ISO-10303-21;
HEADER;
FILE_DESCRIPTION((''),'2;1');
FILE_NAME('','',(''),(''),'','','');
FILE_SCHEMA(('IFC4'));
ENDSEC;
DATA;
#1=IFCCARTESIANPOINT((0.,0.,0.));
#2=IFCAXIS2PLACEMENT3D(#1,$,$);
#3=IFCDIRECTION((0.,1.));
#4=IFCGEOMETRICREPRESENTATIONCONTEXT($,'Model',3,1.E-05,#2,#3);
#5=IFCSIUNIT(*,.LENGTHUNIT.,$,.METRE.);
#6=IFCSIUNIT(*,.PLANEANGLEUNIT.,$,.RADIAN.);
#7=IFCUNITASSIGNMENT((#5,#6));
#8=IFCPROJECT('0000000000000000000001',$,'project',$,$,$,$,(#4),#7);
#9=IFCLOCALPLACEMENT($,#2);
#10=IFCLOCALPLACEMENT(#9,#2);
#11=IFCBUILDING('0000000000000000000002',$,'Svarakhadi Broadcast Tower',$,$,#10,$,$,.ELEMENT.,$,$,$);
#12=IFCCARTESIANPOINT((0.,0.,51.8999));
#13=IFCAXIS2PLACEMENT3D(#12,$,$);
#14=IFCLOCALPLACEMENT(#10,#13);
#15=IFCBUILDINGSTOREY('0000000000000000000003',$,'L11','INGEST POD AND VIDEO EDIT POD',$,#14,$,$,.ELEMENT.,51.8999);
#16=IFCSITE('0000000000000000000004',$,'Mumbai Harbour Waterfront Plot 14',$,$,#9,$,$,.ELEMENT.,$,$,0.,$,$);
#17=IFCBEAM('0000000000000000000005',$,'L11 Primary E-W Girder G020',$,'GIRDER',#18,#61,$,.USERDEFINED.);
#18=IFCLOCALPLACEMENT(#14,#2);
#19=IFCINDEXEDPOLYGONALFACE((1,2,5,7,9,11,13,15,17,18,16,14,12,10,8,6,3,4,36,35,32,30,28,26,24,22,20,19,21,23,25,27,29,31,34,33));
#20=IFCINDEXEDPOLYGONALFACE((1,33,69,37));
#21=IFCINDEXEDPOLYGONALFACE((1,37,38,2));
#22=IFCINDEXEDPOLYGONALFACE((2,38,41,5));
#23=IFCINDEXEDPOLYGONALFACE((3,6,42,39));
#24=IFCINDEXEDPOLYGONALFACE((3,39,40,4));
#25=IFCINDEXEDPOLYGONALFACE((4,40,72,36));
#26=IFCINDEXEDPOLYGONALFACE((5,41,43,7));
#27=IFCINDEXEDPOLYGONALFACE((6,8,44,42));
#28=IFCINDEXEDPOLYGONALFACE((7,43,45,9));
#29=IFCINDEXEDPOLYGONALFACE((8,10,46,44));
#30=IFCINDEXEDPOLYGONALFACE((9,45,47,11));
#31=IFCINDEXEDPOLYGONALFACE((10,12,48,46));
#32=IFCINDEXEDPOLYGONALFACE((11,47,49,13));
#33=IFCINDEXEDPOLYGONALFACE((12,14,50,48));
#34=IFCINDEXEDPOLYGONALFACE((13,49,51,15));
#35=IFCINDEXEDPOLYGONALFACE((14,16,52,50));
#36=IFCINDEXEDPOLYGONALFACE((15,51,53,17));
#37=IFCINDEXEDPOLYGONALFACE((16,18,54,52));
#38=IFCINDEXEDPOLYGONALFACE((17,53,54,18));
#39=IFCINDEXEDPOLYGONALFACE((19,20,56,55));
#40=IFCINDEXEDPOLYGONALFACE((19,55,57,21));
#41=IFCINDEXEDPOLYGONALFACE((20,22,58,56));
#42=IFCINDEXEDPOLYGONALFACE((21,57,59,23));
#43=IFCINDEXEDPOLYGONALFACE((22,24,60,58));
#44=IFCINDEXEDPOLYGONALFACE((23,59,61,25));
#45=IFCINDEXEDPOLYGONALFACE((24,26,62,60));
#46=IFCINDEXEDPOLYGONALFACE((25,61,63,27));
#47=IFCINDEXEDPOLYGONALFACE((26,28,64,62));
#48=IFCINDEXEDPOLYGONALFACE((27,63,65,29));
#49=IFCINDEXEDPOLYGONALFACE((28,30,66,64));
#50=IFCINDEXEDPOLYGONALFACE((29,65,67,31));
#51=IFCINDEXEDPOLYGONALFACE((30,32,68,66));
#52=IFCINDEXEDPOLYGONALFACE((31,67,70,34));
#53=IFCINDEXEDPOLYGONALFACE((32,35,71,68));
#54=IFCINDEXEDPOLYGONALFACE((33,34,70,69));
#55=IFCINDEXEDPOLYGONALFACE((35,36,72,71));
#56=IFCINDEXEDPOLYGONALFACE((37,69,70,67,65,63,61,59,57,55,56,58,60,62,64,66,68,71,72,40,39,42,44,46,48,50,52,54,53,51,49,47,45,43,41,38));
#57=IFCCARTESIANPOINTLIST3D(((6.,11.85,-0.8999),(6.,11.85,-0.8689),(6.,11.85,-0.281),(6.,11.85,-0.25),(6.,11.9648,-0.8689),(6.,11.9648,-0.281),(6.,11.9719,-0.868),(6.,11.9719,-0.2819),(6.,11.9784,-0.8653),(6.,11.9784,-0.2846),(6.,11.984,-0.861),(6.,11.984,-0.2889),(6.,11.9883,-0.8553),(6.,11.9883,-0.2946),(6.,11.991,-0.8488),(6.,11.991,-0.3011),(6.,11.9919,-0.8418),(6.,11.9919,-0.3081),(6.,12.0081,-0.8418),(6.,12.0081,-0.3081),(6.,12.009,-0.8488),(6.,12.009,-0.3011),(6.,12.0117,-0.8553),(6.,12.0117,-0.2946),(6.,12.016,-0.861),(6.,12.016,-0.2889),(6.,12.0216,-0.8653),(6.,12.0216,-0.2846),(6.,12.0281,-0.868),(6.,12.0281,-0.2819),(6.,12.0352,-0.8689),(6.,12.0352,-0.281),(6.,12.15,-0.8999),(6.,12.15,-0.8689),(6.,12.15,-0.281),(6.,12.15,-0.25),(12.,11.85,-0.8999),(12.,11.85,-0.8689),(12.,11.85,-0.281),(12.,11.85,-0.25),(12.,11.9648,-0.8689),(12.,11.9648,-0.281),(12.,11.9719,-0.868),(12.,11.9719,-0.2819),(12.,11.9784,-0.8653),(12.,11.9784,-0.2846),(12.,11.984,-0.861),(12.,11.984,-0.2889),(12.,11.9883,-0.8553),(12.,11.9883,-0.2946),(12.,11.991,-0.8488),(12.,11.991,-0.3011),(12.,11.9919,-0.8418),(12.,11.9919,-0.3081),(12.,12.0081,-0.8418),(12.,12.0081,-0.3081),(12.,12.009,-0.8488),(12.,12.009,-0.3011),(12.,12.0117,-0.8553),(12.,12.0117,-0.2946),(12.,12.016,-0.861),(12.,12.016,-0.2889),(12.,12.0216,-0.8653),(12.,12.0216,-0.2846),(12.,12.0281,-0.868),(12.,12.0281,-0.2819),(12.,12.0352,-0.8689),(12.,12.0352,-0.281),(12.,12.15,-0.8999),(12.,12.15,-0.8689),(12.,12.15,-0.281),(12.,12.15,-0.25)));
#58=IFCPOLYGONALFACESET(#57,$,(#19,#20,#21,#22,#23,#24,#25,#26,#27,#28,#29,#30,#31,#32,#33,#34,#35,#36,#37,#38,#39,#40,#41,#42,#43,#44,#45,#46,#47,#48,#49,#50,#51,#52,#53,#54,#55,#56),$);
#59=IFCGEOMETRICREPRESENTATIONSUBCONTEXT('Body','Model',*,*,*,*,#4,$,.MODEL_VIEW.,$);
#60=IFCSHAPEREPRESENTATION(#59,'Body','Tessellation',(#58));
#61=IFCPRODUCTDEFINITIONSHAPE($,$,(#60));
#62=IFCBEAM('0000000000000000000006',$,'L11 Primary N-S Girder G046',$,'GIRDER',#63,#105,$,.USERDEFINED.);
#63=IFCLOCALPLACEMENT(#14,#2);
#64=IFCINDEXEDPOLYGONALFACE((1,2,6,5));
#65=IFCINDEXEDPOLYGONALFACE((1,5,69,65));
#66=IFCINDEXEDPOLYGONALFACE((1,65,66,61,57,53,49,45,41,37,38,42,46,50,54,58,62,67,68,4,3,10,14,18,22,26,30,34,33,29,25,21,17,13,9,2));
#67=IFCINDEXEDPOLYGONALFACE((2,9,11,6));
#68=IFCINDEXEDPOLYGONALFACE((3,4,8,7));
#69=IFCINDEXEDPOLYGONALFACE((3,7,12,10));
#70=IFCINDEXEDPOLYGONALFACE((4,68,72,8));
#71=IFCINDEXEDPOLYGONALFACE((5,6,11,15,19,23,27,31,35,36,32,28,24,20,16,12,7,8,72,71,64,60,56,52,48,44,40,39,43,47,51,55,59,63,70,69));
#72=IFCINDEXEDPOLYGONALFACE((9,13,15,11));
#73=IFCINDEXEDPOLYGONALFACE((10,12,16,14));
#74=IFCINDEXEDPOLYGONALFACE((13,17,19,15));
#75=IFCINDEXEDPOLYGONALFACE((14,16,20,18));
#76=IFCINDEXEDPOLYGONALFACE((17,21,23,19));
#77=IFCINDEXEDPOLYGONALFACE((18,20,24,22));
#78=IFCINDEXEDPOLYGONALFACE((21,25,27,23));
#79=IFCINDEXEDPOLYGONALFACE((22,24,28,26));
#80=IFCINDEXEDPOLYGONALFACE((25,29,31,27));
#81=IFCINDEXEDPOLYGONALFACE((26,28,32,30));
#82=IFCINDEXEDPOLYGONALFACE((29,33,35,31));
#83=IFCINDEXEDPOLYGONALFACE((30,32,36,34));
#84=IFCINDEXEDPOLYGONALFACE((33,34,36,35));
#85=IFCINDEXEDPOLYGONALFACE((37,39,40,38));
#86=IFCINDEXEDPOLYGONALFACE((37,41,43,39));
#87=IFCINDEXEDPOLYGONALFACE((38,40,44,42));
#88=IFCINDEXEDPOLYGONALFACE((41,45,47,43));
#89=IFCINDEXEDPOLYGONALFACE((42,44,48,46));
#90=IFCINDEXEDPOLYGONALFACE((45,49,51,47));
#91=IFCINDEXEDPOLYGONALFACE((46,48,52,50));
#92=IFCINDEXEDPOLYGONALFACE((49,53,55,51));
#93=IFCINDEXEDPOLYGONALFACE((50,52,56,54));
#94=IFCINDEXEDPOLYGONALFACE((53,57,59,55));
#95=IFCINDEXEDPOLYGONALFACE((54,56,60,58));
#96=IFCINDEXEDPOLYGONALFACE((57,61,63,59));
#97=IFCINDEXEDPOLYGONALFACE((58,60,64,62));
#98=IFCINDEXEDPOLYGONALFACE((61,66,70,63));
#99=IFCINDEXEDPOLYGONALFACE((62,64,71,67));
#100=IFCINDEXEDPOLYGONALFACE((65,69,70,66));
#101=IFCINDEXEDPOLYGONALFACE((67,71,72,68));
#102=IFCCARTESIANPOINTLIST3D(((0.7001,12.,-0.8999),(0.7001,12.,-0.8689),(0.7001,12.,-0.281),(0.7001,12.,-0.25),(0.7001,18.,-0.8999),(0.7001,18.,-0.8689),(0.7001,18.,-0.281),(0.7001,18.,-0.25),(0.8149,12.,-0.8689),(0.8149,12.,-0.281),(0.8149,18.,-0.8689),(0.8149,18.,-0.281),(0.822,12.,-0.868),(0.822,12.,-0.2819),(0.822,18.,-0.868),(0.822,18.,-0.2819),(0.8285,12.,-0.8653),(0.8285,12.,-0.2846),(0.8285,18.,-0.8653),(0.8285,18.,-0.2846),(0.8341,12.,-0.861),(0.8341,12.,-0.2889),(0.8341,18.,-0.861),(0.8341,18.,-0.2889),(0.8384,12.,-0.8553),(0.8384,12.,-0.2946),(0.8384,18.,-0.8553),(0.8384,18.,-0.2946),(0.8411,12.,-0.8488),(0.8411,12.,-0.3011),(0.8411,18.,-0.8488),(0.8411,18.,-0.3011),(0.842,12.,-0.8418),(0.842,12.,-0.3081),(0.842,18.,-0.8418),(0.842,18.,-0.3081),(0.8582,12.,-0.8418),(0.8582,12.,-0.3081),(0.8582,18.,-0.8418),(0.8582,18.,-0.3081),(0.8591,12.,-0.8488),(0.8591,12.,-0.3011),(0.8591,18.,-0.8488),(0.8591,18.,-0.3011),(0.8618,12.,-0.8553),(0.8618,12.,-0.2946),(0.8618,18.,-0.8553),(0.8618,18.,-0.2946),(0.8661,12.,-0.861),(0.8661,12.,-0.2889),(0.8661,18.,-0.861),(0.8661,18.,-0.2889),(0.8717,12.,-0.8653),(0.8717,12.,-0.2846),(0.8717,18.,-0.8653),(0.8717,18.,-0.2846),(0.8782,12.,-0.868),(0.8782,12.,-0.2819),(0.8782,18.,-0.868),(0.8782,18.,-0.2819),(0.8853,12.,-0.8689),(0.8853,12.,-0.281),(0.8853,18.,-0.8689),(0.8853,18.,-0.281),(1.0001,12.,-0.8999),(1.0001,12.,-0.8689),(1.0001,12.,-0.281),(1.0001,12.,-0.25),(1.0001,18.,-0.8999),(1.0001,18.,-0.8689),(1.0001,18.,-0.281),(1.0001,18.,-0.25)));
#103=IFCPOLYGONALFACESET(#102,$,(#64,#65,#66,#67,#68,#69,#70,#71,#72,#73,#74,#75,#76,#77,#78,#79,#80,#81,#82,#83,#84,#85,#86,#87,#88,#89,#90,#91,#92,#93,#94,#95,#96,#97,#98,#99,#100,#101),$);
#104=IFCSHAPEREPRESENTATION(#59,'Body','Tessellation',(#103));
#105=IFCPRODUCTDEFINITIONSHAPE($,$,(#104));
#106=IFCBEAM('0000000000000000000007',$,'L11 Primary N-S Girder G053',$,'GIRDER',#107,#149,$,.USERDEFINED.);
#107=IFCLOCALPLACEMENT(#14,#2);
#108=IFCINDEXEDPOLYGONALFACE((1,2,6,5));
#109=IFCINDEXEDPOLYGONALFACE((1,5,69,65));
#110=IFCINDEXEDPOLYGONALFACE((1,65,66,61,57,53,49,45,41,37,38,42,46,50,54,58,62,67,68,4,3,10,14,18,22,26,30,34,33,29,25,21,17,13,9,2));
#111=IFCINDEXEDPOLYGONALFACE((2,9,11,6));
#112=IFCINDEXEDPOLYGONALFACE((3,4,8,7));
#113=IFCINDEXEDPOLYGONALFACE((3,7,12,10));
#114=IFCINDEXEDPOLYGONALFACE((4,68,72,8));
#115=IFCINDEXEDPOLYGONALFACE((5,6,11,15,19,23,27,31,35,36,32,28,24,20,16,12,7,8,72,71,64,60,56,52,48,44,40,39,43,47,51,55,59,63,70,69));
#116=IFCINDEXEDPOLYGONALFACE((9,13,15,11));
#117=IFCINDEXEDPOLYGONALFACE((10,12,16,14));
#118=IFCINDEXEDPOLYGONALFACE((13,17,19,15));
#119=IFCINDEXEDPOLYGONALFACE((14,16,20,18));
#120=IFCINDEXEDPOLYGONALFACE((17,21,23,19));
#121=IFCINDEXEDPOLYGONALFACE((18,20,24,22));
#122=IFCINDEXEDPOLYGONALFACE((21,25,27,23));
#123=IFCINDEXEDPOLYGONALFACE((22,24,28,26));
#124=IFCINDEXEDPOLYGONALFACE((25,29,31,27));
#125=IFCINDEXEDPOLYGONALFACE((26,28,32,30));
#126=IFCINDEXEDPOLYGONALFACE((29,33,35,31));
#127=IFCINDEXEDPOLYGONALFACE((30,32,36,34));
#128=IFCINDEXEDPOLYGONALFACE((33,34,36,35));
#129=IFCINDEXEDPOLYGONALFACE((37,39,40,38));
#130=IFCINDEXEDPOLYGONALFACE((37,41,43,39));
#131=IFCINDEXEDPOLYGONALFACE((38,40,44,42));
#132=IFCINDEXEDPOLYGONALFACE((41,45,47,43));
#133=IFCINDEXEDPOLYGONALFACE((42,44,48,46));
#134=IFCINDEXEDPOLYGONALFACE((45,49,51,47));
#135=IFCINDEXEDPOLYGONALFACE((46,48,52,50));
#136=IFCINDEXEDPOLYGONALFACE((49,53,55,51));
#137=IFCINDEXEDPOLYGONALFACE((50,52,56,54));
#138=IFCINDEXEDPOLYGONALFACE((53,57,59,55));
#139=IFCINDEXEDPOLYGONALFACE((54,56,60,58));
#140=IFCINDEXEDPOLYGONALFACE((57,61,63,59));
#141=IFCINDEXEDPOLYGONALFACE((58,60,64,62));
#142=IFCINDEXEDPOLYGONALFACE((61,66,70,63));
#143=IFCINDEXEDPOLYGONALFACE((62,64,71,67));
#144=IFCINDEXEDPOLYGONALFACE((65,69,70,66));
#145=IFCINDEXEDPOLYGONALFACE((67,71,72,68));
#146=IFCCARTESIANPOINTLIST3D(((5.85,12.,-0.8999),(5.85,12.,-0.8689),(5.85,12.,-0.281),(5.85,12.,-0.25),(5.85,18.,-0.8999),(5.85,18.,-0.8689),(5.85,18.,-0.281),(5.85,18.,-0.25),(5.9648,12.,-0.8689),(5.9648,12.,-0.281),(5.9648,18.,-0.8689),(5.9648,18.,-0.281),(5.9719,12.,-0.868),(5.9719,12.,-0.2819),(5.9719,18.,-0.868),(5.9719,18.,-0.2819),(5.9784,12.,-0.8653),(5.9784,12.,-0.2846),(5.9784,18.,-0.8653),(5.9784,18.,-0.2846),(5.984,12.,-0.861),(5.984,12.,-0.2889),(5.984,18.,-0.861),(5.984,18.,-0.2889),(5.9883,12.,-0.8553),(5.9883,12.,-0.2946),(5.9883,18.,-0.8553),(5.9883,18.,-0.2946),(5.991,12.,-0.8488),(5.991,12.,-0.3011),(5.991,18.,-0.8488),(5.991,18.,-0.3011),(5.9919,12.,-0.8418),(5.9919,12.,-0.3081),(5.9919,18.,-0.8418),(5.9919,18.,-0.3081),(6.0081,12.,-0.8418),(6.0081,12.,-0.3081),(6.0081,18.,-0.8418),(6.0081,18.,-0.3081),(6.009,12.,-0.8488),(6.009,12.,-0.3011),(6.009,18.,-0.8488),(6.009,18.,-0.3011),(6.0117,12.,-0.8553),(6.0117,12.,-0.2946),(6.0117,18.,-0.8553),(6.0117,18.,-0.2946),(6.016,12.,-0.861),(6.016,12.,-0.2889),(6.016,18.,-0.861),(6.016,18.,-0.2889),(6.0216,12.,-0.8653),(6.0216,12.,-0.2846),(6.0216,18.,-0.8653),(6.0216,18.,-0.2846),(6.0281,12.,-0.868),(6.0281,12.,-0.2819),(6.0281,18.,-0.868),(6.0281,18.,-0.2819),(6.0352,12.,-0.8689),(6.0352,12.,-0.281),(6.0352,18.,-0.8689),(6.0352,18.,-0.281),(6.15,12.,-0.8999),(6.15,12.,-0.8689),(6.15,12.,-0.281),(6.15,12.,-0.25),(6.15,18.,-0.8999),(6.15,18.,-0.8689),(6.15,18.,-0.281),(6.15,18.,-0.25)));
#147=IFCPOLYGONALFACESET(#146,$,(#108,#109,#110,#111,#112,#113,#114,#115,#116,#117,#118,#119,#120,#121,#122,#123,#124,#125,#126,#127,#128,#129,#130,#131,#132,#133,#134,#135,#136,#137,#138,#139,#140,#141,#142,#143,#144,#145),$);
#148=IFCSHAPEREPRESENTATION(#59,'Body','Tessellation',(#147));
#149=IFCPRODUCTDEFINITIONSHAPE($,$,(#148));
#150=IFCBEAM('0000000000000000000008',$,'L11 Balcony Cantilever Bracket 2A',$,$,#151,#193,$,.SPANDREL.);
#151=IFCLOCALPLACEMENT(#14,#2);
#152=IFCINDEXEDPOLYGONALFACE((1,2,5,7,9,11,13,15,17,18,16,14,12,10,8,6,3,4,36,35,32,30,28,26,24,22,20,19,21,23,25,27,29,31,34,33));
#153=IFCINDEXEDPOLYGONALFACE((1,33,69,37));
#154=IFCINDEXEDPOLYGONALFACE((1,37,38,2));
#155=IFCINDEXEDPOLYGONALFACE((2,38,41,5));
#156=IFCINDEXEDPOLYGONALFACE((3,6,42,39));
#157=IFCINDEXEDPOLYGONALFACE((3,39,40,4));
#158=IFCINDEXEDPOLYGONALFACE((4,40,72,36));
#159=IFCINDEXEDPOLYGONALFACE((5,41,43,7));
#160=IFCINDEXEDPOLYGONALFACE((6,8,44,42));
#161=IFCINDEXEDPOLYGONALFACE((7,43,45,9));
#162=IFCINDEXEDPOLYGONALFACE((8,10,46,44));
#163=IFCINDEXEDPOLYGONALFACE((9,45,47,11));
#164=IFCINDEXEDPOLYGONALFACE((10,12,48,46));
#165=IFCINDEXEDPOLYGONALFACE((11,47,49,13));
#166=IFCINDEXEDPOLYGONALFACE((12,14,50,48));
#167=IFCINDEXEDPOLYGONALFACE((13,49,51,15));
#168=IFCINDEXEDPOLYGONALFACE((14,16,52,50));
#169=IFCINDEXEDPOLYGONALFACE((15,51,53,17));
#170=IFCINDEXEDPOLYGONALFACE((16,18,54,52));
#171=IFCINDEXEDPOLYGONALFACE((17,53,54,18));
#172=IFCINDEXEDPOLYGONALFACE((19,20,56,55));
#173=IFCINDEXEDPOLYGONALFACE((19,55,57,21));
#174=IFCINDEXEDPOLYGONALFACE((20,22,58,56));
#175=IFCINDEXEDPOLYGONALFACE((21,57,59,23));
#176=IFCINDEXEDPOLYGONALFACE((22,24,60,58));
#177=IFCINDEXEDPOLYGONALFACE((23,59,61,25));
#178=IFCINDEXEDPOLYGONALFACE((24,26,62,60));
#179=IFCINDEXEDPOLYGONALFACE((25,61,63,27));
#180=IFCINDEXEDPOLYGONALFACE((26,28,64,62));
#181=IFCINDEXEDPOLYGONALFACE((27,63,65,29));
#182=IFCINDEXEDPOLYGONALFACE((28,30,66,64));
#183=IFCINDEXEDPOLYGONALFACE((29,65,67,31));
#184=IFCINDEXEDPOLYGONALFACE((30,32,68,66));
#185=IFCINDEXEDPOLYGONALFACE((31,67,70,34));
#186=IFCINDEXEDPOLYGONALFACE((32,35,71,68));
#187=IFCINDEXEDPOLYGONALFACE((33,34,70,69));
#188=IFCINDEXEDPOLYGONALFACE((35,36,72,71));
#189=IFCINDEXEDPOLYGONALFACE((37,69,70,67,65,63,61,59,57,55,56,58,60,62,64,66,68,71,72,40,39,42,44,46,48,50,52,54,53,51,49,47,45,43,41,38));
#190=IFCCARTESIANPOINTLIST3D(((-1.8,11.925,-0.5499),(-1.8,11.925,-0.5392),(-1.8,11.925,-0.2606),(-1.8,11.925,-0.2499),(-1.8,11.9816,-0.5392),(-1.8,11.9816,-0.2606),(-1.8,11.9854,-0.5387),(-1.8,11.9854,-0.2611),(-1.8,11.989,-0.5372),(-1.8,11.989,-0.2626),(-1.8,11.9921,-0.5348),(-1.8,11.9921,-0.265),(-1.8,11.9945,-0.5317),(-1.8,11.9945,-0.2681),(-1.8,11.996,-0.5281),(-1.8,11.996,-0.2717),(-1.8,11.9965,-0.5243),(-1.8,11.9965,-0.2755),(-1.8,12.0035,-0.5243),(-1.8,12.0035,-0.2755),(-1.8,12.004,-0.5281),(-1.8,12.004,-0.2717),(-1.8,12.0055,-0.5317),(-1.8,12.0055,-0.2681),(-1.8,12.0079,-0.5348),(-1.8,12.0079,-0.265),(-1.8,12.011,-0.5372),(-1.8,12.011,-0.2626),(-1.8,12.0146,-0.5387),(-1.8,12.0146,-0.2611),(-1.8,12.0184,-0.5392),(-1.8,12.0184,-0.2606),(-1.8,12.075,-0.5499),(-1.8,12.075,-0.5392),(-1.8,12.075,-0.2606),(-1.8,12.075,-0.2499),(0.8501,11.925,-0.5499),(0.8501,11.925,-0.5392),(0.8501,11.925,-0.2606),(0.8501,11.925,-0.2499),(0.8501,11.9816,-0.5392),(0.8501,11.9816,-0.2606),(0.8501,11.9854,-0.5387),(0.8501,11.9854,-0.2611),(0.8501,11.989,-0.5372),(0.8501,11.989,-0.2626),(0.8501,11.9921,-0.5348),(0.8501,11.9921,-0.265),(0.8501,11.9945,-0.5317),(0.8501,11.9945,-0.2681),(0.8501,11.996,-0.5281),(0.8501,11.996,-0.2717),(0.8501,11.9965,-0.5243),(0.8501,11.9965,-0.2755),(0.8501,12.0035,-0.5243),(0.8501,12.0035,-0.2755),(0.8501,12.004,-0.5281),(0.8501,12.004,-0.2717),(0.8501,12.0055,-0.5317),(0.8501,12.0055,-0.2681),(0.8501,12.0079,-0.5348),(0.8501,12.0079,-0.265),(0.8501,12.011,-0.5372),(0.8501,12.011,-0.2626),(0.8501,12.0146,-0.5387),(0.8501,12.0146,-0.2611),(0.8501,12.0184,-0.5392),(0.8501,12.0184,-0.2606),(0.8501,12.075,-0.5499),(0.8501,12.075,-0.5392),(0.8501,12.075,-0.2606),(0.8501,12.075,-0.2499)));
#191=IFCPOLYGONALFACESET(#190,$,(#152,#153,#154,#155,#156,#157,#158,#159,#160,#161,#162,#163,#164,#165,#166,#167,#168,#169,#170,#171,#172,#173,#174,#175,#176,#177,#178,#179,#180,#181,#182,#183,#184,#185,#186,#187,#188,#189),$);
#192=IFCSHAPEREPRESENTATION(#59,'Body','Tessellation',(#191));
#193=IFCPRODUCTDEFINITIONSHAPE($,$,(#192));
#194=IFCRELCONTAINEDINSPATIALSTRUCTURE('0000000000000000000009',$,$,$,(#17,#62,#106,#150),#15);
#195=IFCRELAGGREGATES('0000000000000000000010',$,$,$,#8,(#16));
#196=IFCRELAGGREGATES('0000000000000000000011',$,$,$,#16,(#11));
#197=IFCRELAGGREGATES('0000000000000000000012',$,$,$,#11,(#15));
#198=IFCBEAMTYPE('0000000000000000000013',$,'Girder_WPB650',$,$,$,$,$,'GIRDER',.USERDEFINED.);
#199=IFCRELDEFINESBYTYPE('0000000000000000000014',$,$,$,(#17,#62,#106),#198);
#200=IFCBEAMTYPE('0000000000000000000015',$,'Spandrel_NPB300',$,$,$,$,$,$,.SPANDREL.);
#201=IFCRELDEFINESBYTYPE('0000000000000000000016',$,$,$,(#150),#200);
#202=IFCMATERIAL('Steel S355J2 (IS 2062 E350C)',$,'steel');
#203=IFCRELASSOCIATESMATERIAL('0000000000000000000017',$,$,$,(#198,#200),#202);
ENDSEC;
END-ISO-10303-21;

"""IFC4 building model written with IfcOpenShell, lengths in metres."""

from ifc_helpers import new_model, si_unit, direction, frame, origin, origin_2d, place, context, subcontext, project, spatial, i_section, extrude, material, material_profile, profile_set, type_object, element, save


model = new_model("IFC4")

# Units and contexts
model_context = context("Model", 3, precision=1e-05, world=origin(), true_north=direction((0.0, 1.0)))
body_context = subcontext(model_context, "Body", "Model", "MODEL_VIEW")
ifc_project = project(units=[si_unit("LENGTHUNIT", "METRE"), si_unit("PLANEANGLEUNIT", "RADIAN")], contexts=[model_context])

# Site, building, storey
site_placement = place(None, origin())
site = spatial("IfcSite", under=ifc_project, at=site_placement, Name="Mumbai Harbour Waterfront Plot 14", CompositionType="ELEMENT", RefElevation=0.0)
building_placement = place(site_placement, origin())
building = spatial("IfcBuilding", under=site, at=building_placement, Name="Svarakhadi Broadcast Tower", CompositionType="ELEMENT")
storey_placement = place(building_placement, frame((0.0, 0.0, 51.8999)))
storey = spatial("IfcBuildingStorey", under=building, at=storey_placement, Name="L11", Description="INGEST POD AND VIDEO EDIT POD", CompositionType="ELEMENT", Elevation=51.8999)

# Shared definitions
ifc_material_1 = material(Name="Steel S355J2 (IS 2062 E350C)", Category="steel")

# Beams
ifc_material_profile_1 = material_profile(ifc_material_1, i_section(OverallWidth=0.3, OverallDepth=0.6499, WebThickness=0.0161, FlangeThickness=0.031, FilletRadius=0.0271, at=origin_2d()), Name="WPB 650x300x225")
ifc_profile_set_1 = profile_set([ifc_material_profile_1], Name="Steel S355J2 (IS 2062 E350C)")
beam_type_1 = type_object("IfcBeamType", Name="Girder_WPB650", ElementType="GIRDER", PredefinedType="USERDEFINED", material=ifc_profile_set_1)
for number, where, z_axis, x_axis, name in (
    (1, (6.0, 12.0, -0.575), (1.0, 0.0, 0.0), (0.0, 1.0, 0.0), "L11 Primary E-W Girder G020"),
    (2, (0.8501, 12.0, -0.575), (0.0, 1.0, 0.0), (-1.0, 0.0, 0.0), "L11 Primary N-S Girder G046"),
    (3, (6.0, 12.0, -0.575), (0.0, 1.0, 0.0), (-1.0, 0.0, 0.0), "L11 Primary N-S Girder G053"),
):
    element("IfcBeam", number, at=place(storey_placement, frame(where, z_axis=z_axis, x_axis=x_axis)), inside=storey, type_object=beam_type_1, Name=name, ObjectType="GIRDER", PredefinedType="USERDEFINED", context=body_context, shape_type="SweptSolid", body=[
        extrude(i_section(OverallWidth=0.3, OverallDepth=0.6499, WebThickness=0.0161, FlangeThickness=0.031, FilletRadius=0.0271, at=origin_2d()), origin(), (0.0, 0.0, 1.0), 6.0),
    ])
ifc_material_profile_2 = material_profile(ifc_material_1, i_section(OverallWidth=0.1499, OverallDepth=0.3, WebThickness=0.0071, FlangeThickness=0.0107, FilletRadius=0.0149, at=origin_2d()), Name="NPB 300x150x37")
ifc_profile_set_2 = profile_set([ifc_material_profile_2], Name="Steel S355J2 (IS 2062 E350C)")
beam_type_2 = type_object("IfcBeamType", Name="Spandrel_NPB300", PredefinedType="SPANDREL", material=ifc_profile_set_2)
beam_1_placement = place(storey_placement, frame((0.8501, 12.0, -0.3999), z_axis=(-1.0, 0.0, 0.0), x_axis=(0.0, -1.0, 0.0)))
element("IfcBeam", 4, at=beam_1_placement, inside=storey, type_object=beam_type_2, Name="L11 Balcony Cantilever Bracket 2A", PredefinedType="SPANDREL", context=body_context, shape_type="SweptSolid", body=[
    extrude(i_section(OverallWidth=0.1499, OverallDepth=0.3, WebThickness=0.0071, FlangeThickness=0.0107, FilletRadius=0.0149, at=origin_2d()), origin(), (0.0, 0.0, 1.0), 2.6501),
])

save(model, "model.ifc")
